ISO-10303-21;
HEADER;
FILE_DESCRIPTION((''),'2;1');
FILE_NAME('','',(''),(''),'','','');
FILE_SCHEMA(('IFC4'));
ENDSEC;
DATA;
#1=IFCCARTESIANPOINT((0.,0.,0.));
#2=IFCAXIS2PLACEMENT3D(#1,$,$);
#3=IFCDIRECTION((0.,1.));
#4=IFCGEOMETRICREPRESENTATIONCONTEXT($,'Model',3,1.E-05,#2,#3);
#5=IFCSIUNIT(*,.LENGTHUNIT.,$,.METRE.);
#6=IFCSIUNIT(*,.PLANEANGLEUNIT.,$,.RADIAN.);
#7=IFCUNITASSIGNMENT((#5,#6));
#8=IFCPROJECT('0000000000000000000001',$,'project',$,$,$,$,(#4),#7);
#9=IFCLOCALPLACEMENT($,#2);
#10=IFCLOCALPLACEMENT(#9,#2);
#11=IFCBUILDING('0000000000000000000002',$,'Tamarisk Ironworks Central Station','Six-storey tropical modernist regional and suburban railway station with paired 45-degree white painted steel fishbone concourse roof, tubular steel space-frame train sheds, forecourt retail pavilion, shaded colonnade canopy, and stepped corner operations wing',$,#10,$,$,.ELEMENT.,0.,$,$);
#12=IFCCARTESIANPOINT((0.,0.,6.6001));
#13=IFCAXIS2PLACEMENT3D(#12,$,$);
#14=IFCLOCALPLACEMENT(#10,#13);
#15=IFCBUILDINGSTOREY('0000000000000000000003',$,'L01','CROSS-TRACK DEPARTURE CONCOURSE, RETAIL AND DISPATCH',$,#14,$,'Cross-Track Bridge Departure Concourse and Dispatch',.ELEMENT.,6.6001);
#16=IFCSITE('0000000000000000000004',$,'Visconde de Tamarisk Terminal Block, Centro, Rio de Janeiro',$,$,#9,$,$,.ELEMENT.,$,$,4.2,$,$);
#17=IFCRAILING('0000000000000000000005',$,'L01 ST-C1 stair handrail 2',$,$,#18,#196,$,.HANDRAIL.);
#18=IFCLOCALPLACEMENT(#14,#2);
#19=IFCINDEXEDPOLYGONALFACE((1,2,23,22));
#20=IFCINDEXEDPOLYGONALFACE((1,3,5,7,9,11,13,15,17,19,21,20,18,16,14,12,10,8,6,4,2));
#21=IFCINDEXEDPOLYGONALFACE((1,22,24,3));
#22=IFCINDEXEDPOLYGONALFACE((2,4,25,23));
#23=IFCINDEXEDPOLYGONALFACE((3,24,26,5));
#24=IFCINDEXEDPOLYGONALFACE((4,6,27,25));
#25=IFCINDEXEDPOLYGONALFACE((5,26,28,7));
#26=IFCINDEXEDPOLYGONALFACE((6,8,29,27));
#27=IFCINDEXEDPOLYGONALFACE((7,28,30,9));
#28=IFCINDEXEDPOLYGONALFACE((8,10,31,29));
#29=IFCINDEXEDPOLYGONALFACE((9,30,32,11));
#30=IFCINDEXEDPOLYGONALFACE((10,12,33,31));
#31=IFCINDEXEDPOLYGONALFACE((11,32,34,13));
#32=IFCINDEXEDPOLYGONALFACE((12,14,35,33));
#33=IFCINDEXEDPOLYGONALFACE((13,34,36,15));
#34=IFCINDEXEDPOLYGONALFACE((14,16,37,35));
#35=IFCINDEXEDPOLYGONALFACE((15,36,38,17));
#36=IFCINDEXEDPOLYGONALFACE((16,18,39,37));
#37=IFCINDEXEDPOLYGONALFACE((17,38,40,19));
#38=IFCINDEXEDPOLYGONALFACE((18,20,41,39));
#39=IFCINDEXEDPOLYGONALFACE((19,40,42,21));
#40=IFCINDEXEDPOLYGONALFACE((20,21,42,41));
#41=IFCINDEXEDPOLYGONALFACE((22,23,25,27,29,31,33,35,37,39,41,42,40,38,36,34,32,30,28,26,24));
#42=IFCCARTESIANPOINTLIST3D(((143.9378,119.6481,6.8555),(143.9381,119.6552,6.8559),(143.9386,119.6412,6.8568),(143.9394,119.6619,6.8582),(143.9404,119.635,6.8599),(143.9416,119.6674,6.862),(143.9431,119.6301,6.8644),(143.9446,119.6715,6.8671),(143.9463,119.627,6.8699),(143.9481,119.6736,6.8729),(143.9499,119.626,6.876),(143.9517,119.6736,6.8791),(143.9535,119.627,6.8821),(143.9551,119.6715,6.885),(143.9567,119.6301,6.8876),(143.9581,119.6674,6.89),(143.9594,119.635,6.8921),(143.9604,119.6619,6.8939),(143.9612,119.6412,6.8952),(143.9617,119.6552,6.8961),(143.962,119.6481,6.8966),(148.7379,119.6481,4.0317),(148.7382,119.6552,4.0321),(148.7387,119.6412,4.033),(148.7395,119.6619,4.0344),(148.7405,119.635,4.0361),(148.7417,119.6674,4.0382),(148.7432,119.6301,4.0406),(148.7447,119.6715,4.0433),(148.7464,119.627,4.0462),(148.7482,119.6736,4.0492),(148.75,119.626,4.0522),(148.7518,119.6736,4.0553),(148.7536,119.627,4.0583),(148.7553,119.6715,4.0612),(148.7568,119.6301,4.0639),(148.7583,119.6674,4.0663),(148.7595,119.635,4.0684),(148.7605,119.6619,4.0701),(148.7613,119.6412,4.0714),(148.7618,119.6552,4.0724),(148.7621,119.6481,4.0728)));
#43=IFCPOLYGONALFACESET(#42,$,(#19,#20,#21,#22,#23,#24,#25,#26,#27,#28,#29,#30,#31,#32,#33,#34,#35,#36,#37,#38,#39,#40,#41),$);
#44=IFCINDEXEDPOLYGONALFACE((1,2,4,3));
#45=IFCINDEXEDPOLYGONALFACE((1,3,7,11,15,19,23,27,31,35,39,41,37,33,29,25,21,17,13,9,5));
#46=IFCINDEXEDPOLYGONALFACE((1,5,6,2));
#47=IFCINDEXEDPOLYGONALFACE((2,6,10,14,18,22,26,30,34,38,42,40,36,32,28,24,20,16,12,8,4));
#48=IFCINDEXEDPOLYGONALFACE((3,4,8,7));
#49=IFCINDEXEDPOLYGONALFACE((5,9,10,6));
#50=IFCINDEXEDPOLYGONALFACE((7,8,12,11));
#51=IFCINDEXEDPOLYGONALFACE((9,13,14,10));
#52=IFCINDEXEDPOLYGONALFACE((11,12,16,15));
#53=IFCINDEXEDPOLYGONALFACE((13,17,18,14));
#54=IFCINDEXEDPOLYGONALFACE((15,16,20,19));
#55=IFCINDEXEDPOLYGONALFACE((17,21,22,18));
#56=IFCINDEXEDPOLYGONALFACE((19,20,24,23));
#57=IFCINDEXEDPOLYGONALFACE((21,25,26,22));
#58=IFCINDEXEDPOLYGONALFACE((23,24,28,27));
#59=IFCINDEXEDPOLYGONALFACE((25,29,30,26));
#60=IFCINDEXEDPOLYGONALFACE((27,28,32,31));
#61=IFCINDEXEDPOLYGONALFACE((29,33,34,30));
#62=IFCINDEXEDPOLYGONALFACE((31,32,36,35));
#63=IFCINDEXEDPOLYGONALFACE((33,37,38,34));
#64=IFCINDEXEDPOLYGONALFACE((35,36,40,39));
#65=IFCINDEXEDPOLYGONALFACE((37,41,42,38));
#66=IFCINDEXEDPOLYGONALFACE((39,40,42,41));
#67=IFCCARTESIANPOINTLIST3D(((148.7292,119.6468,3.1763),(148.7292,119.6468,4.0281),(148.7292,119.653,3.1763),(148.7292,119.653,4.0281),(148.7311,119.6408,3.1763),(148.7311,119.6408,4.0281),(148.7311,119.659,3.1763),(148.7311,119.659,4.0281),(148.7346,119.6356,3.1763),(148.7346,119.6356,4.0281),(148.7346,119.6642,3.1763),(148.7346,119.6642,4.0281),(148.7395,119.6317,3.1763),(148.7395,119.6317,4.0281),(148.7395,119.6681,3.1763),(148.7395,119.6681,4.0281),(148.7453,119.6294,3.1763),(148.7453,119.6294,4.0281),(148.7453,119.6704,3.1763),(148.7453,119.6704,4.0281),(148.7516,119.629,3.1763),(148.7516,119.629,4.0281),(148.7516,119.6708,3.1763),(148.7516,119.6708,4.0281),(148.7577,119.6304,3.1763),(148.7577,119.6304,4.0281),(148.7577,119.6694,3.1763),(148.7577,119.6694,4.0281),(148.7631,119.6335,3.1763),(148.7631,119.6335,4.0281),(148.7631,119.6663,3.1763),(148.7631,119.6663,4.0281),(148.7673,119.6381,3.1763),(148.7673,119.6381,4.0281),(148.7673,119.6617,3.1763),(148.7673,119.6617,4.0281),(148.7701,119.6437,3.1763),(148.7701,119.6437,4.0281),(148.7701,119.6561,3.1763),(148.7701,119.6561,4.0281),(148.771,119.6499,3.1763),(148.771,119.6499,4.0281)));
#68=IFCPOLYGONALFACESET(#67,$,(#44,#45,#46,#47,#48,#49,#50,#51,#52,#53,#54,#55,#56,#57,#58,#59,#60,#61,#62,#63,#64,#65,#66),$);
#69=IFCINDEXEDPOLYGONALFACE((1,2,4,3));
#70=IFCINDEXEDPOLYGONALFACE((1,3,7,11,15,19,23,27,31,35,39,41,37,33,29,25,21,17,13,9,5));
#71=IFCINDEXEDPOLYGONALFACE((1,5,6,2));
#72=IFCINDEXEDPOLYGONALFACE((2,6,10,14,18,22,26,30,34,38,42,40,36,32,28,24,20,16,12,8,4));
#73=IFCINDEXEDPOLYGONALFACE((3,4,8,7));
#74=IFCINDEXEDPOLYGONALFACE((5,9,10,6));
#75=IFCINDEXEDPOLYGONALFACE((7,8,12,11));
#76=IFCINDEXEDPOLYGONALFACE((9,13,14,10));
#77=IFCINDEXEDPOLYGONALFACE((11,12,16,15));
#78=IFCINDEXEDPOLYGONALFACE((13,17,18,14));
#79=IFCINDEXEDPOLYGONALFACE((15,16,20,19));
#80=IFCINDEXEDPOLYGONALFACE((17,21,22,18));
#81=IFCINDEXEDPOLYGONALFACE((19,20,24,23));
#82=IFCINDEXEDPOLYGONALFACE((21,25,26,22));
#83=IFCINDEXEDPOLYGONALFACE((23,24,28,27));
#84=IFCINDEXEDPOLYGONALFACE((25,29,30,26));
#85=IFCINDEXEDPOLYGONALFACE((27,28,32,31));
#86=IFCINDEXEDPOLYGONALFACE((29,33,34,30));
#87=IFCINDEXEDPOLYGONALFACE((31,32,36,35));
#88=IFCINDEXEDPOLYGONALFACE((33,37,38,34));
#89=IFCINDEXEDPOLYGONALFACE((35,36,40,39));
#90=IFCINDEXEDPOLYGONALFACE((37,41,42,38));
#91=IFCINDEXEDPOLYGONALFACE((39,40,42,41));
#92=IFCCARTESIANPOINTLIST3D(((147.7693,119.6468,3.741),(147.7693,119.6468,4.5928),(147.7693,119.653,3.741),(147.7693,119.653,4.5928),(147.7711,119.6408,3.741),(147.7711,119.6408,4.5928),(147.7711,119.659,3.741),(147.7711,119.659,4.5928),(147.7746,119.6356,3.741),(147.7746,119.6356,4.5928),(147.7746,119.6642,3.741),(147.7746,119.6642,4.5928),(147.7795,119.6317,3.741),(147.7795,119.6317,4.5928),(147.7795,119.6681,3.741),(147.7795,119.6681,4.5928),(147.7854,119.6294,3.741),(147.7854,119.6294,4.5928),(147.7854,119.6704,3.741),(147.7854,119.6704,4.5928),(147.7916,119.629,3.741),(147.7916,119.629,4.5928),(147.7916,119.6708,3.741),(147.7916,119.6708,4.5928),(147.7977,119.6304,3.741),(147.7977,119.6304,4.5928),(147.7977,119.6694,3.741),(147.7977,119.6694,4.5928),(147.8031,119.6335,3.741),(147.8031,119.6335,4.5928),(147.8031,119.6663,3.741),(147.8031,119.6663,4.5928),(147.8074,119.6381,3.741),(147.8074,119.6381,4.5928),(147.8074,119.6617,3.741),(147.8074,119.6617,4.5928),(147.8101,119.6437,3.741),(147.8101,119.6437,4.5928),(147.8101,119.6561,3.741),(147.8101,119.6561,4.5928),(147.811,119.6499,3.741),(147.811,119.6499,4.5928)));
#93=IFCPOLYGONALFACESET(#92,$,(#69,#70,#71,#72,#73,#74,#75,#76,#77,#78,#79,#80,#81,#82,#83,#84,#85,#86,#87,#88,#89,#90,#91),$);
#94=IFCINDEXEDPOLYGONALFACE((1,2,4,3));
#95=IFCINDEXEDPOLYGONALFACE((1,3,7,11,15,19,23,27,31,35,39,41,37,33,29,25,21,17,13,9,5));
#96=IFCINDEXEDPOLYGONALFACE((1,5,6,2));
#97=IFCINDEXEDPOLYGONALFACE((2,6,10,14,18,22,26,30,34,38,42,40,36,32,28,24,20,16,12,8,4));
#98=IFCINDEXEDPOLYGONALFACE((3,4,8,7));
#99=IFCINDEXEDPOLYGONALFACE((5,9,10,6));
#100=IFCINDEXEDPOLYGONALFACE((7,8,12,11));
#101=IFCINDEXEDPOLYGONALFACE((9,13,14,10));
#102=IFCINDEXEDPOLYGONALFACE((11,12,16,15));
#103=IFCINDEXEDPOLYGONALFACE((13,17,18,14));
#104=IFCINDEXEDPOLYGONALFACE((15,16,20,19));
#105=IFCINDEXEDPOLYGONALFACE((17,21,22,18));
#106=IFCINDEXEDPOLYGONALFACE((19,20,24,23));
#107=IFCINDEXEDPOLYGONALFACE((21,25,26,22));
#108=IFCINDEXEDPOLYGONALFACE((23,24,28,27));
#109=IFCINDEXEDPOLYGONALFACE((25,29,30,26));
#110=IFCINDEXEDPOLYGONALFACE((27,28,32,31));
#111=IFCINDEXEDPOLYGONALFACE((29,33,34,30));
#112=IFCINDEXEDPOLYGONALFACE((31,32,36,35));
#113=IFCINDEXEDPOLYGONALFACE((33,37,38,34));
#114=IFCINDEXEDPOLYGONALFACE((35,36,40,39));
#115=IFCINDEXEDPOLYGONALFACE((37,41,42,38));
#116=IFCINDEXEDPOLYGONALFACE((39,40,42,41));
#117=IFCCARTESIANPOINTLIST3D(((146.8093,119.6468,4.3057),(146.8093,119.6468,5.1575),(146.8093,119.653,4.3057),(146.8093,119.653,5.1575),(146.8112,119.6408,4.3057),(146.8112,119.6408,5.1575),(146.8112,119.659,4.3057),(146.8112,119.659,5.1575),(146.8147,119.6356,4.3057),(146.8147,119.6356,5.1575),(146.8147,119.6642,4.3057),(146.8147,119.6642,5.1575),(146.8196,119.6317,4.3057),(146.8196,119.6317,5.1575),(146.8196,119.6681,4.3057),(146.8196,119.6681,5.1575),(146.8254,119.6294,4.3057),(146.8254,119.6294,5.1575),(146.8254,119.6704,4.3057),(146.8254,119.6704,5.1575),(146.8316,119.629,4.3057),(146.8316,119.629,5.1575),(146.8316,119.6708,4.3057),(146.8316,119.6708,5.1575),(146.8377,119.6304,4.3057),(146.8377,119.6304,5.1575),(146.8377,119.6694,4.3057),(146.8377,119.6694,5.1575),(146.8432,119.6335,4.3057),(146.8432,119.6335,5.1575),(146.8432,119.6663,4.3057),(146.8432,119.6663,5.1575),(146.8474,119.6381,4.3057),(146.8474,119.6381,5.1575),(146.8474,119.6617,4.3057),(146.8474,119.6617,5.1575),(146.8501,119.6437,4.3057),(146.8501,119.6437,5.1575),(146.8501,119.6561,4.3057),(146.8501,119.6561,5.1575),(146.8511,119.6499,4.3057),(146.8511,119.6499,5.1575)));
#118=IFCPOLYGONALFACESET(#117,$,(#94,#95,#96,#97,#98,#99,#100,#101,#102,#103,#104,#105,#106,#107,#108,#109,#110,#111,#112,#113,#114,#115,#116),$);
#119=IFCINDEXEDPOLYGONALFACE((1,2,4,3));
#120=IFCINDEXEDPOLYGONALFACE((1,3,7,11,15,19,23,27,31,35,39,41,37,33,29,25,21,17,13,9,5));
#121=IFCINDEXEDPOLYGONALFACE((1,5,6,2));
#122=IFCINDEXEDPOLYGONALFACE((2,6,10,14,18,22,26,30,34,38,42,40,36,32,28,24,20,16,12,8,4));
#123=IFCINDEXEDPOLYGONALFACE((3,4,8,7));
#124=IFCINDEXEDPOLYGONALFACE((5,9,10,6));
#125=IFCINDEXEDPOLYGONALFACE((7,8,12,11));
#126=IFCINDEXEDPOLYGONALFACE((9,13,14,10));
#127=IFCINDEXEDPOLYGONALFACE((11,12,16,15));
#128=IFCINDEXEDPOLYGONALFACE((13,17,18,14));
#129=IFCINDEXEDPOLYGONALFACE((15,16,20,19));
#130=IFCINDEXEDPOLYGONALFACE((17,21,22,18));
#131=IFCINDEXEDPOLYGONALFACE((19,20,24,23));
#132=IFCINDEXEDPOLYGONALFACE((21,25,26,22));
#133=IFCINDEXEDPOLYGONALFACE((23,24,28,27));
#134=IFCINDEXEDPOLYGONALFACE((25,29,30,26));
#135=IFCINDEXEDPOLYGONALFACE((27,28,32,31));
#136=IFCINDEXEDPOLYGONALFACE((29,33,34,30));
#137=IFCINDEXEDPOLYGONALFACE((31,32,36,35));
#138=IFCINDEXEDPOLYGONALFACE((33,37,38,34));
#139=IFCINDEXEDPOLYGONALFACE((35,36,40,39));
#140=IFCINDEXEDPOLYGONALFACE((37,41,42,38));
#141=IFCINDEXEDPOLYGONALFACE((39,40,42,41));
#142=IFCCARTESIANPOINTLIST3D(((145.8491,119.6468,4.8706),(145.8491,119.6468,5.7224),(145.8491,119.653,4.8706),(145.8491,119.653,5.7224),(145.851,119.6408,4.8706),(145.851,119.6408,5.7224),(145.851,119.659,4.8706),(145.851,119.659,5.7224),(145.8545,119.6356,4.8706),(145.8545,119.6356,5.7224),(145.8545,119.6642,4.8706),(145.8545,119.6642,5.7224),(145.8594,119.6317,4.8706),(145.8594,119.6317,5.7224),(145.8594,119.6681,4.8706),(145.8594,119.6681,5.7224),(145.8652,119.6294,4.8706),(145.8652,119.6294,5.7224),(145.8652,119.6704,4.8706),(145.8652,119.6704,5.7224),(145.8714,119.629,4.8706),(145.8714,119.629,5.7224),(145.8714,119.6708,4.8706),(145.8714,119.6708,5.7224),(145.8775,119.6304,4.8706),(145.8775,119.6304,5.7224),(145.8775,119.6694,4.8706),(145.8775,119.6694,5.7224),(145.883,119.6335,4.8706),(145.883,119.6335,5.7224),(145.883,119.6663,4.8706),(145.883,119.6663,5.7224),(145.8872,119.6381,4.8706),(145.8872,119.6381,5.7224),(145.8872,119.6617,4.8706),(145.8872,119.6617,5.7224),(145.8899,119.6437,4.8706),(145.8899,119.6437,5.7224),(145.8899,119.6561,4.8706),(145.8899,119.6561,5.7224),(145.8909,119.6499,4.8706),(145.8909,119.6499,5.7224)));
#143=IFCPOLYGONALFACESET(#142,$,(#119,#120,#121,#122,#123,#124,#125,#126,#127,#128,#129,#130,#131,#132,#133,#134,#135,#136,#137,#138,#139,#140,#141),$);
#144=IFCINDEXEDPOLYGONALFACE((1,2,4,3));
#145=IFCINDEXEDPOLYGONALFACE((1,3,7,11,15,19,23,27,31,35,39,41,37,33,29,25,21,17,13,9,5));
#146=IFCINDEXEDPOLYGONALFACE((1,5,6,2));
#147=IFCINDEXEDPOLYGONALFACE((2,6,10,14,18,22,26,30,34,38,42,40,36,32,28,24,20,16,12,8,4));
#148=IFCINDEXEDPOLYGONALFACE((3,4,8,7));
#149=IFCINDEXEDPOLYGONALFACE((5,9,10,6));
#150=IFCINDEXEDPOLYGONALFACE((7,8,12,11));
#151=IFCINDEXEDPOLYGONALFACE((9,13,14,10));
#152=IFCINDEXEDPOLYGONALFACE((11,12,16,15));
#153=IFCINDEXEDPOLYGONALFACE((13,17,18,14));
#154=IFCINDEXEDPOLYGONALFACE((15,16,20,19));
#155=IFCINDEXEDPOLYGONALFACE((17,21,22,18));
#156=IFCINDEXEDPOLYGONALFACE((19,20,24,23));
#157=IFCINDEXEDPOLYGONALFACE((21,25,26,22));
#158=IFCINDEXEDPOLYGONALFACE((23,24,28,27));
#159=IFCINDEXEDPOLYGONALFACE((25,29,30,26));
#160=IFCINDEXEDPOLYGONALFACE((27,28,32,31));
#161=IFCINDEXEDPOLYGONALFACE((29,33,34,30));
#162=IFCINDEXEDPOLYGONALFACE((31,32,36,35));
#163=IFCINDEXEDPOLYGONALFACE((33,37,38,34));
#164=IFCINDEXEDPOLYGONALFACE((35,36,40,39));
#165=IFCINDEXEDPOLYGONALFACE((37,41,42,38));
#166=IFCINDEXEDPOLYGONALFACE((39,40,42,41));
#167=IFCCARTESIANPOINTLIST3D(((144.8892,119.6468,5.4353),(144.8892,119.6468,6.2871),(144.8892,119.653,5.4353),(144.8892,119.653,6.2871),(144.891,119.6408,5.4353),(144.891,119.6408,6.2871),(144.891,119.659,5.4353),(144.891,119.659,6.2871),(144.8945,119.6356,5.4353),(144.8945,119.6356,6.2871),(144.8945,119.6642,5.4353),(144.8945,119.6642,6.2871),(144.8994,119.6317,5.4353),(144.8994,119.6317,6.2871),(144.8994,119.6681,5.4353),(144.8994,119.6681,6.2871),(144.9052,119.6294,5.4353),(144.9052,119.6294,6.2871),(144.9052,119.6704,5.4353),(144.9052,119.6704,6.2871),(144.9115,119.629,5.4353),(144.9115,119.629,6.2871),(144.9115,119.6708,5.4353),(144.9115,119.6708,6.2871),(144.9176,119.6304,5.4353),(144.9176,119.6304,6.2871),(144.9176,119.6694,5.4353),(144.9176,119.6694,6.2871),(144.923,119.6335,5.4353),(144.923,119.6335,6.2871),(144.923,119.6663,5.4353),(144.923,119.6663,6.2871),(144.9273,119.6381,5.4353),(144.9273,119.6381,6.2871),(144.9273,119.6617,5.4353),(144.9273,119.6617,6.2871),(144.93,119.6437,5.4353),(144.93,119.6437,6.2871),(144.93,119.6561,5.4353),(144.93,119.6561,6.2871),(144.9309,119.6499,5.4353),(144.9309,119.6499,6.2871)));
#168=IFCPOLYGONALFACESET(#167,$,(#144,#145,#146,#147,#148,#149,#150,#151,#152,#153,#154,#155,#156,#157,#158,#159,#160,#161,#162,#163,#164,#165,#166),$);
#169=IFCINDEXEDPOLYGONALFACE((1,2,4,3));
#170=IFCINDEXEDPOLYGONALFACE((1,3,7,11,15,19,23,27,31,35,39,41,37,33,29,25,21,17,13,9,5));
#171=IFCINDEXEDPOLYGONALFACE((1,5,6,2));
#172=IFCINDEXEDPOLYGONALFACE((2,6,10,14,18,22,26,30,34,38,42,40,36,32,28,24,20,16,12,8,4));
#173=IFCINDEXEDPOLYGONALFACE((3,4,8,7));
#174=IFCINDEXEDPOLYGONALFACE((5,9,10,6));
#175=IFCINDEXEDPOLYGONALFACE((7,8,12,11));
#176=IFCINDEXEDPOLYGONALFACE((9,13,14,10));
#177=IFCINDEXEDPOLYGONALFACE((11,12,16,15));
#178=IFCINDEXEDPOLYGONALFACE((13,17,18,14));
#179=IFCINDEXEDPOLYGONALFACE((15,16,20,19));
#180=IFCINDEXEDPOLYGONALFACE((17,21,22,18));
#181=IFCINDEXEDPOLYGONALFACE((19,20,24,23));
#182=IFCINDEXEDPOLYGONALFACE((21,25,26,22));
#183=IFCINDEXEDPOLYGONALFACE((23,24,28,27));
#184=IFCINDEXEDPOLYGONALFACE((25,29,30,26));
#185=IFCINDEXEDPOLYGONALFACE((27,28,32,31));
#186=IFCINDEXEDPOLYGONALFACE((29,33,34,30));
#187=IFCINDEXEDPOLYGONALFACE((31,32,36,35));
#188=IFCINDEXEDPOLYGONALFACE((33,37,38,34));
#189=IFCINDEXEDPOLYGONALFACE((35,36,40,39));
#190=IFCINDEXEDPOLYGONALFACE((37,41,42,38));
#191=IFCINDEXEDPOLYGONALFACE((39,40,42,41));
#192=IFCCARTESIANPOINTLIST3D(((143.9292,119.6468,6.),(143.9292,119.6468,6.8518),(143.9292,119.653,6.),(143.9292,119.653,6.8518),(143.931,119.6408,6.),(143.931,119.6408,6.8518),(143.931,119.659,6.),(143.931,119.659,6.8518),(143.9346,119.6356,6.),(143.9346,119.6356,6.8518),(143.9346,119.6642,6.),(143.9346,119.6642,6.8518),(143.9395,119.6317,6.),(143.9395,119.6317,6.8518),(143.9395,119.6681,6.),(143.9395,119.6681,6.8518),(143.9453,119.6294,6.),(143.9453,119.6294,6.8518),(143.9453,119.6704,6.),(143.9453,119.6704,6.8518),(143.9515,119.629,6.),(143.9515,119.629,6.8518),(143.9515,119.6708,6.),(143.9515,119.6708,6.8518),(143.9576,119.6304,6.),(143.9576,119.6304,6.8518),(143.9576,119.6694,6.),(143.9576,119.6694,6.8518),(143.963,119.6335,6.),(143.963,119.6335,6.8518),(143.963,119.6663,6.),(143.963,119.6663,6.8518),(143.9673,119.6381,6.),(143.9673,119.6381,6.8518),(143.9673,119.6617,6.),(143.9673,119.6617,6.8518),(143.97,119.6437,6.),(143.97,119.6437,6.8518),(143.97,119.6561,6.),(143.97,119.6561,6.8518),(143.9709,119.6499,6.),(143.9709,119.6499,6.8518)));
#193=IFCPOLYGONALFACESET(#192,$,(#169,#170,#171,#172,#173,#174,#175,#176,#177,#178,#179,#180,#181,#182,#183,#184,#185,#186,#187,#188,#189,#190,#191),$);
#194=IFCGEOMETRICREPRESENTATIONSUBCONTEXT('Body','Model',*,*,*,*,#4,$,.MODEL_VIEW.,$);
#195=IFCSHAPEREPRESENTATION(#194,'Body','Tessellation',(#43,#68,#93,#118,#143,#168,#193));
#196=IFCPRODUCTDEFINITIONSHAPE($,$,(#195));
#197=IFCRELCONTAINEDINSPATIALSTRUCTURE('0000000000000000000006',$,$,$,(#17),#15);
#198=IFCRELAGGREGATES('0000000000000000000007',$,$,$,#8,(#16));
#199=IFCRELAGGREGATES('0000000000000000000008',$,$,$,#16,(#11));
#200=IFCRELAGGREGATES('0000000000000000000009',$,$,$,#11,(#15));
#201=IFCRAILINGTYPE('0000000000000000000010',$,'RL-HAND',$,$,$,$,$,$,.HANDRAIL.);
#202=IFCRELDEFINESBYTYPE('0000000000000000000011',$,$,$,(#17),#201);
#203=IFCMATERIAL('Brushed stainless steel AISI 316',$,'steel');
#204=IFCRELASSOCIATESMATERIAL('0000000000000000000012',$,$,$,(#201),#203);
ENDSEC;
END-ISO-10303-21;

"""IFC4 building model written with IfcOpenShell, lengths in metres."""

from ifc_helpers import new_model, si_unit, direction, frame, origin, origin_2d, place, context, subcontext, project, spatial, circle, extrude, material, type_object, element, save


model = new_model("IFC4")

# Units and contexts
model_context = context("Model", 3, precision=1e-05, world=origin(), true_north=direction((0.0, 1.0)))
body_context = subcontext(model_context, "Body", "Model", "MODEL_VIEW")
ifc_project = project(units=[si_unit("LENGTHUNIT", "METRE"), si_unit("PLANEANGLEUNIT", "RADIAN")], contexts=[model_context])

# Site, building, storey
site_placement = place(None, origin())
site = spatial("IfcSite", under=ifc_project, at=site_placement, Name="Visconde de Tamarisk Terminal Block, Centro, Rio de Janeiro", CompositionType="ELEMENT", RefElevation=4.2)
building_placement = place(site_placement, origin())
building = spatial("IfcBuilding", under=site, at=building_placement, Name="Tamarisk Ironworks Central Station", Description="Six-storey tropical modernist regional and suburban railway station with paired 45-degree white painted steel fishbone concourse roof, tubular steel space-frame train sheds, forecourt retail pavilion, shaded colonnade canopy, and stepped corner operations wing", CompositionType="ELEMENT", ElevationOfRefHeight=0.0)
storey_placement = place(building_placement, frame((0.0, 0.0, 6.6001)))
storey = spatial("IfcBuildingStorey", under=building, at=storey_placement, Name="L01", Description="CROSS-TRACK DEPARTURE CONCOURSE, RETAIL AND DISPATCH", LongName="Cross-Track Bridge Departure Concourse and Dispatch", CompositionType="ELEMENT", Elevation=6.6001)

# Railing
ifc_material_1 = material(Name="Brushed stainless steel AISI 316", Category="steel")
railing_type_1 = type_object("IfcRailingType", Name="RL-HAND", PredefinedType="HANDRAIL", material=ifc_material_1)
railing_1_placement = place(storey_placement, frame((148.75, 119.6499, 3.1763)))
element("IfcRailing", 1, at=railing_1_placement, inside=storey, type_object=railing_type_1, Name="L01 ST-C1 stair handrail 2", PredefinedType="HANDRAIL", context=body_context, shape_type="SweptSolid", body=[
    extrude(circle(Radius=0.0239, at=origin_2d()), frame((0.0, 0.0, 0.876), z_axis=(-0.861921, 0.0, 0.507043), x_axis=(0.0, -1.0, 0.0)), (0.0, 0.0, 1.0), 5.5691),
    extrude(circle(Radius=0.021, at=origin_2d()), origin(), (0.0, 0.0, 1.0), 0.8518),
    extrude(circle(Radius=0.021, at=origin_2d()), frame((-0.96, 0.0, 0.5647)), (0.0, 0.0, 1.0), 0.8518),
    extrude(circle(Radius=0.021, at=origin_2d()), frame((-1.9199, 0.0, 1.1294)), (0.0, 0.0, 1.0), 0.8518),
    extrude(circle(Radius=0.021, at=origin_2d()), frame((-2.8801, 0.0, 1.6943)), (0.0, 0.0, 1.0), 0.8518),
    extrude(circle(Radius=0.021, at=origin_2d()), frame((-3.8401, 0.0, 2.259)), (0.0, 0.0, 1.0), 0.8518),
    extrude(circle(Radius=0.021, at=origin_2d()), frame((-4.8, 0.0, 2.8237)), (0.0, 0.0, 1.0), 0.8518),
])

save(model, "model.ifc")
